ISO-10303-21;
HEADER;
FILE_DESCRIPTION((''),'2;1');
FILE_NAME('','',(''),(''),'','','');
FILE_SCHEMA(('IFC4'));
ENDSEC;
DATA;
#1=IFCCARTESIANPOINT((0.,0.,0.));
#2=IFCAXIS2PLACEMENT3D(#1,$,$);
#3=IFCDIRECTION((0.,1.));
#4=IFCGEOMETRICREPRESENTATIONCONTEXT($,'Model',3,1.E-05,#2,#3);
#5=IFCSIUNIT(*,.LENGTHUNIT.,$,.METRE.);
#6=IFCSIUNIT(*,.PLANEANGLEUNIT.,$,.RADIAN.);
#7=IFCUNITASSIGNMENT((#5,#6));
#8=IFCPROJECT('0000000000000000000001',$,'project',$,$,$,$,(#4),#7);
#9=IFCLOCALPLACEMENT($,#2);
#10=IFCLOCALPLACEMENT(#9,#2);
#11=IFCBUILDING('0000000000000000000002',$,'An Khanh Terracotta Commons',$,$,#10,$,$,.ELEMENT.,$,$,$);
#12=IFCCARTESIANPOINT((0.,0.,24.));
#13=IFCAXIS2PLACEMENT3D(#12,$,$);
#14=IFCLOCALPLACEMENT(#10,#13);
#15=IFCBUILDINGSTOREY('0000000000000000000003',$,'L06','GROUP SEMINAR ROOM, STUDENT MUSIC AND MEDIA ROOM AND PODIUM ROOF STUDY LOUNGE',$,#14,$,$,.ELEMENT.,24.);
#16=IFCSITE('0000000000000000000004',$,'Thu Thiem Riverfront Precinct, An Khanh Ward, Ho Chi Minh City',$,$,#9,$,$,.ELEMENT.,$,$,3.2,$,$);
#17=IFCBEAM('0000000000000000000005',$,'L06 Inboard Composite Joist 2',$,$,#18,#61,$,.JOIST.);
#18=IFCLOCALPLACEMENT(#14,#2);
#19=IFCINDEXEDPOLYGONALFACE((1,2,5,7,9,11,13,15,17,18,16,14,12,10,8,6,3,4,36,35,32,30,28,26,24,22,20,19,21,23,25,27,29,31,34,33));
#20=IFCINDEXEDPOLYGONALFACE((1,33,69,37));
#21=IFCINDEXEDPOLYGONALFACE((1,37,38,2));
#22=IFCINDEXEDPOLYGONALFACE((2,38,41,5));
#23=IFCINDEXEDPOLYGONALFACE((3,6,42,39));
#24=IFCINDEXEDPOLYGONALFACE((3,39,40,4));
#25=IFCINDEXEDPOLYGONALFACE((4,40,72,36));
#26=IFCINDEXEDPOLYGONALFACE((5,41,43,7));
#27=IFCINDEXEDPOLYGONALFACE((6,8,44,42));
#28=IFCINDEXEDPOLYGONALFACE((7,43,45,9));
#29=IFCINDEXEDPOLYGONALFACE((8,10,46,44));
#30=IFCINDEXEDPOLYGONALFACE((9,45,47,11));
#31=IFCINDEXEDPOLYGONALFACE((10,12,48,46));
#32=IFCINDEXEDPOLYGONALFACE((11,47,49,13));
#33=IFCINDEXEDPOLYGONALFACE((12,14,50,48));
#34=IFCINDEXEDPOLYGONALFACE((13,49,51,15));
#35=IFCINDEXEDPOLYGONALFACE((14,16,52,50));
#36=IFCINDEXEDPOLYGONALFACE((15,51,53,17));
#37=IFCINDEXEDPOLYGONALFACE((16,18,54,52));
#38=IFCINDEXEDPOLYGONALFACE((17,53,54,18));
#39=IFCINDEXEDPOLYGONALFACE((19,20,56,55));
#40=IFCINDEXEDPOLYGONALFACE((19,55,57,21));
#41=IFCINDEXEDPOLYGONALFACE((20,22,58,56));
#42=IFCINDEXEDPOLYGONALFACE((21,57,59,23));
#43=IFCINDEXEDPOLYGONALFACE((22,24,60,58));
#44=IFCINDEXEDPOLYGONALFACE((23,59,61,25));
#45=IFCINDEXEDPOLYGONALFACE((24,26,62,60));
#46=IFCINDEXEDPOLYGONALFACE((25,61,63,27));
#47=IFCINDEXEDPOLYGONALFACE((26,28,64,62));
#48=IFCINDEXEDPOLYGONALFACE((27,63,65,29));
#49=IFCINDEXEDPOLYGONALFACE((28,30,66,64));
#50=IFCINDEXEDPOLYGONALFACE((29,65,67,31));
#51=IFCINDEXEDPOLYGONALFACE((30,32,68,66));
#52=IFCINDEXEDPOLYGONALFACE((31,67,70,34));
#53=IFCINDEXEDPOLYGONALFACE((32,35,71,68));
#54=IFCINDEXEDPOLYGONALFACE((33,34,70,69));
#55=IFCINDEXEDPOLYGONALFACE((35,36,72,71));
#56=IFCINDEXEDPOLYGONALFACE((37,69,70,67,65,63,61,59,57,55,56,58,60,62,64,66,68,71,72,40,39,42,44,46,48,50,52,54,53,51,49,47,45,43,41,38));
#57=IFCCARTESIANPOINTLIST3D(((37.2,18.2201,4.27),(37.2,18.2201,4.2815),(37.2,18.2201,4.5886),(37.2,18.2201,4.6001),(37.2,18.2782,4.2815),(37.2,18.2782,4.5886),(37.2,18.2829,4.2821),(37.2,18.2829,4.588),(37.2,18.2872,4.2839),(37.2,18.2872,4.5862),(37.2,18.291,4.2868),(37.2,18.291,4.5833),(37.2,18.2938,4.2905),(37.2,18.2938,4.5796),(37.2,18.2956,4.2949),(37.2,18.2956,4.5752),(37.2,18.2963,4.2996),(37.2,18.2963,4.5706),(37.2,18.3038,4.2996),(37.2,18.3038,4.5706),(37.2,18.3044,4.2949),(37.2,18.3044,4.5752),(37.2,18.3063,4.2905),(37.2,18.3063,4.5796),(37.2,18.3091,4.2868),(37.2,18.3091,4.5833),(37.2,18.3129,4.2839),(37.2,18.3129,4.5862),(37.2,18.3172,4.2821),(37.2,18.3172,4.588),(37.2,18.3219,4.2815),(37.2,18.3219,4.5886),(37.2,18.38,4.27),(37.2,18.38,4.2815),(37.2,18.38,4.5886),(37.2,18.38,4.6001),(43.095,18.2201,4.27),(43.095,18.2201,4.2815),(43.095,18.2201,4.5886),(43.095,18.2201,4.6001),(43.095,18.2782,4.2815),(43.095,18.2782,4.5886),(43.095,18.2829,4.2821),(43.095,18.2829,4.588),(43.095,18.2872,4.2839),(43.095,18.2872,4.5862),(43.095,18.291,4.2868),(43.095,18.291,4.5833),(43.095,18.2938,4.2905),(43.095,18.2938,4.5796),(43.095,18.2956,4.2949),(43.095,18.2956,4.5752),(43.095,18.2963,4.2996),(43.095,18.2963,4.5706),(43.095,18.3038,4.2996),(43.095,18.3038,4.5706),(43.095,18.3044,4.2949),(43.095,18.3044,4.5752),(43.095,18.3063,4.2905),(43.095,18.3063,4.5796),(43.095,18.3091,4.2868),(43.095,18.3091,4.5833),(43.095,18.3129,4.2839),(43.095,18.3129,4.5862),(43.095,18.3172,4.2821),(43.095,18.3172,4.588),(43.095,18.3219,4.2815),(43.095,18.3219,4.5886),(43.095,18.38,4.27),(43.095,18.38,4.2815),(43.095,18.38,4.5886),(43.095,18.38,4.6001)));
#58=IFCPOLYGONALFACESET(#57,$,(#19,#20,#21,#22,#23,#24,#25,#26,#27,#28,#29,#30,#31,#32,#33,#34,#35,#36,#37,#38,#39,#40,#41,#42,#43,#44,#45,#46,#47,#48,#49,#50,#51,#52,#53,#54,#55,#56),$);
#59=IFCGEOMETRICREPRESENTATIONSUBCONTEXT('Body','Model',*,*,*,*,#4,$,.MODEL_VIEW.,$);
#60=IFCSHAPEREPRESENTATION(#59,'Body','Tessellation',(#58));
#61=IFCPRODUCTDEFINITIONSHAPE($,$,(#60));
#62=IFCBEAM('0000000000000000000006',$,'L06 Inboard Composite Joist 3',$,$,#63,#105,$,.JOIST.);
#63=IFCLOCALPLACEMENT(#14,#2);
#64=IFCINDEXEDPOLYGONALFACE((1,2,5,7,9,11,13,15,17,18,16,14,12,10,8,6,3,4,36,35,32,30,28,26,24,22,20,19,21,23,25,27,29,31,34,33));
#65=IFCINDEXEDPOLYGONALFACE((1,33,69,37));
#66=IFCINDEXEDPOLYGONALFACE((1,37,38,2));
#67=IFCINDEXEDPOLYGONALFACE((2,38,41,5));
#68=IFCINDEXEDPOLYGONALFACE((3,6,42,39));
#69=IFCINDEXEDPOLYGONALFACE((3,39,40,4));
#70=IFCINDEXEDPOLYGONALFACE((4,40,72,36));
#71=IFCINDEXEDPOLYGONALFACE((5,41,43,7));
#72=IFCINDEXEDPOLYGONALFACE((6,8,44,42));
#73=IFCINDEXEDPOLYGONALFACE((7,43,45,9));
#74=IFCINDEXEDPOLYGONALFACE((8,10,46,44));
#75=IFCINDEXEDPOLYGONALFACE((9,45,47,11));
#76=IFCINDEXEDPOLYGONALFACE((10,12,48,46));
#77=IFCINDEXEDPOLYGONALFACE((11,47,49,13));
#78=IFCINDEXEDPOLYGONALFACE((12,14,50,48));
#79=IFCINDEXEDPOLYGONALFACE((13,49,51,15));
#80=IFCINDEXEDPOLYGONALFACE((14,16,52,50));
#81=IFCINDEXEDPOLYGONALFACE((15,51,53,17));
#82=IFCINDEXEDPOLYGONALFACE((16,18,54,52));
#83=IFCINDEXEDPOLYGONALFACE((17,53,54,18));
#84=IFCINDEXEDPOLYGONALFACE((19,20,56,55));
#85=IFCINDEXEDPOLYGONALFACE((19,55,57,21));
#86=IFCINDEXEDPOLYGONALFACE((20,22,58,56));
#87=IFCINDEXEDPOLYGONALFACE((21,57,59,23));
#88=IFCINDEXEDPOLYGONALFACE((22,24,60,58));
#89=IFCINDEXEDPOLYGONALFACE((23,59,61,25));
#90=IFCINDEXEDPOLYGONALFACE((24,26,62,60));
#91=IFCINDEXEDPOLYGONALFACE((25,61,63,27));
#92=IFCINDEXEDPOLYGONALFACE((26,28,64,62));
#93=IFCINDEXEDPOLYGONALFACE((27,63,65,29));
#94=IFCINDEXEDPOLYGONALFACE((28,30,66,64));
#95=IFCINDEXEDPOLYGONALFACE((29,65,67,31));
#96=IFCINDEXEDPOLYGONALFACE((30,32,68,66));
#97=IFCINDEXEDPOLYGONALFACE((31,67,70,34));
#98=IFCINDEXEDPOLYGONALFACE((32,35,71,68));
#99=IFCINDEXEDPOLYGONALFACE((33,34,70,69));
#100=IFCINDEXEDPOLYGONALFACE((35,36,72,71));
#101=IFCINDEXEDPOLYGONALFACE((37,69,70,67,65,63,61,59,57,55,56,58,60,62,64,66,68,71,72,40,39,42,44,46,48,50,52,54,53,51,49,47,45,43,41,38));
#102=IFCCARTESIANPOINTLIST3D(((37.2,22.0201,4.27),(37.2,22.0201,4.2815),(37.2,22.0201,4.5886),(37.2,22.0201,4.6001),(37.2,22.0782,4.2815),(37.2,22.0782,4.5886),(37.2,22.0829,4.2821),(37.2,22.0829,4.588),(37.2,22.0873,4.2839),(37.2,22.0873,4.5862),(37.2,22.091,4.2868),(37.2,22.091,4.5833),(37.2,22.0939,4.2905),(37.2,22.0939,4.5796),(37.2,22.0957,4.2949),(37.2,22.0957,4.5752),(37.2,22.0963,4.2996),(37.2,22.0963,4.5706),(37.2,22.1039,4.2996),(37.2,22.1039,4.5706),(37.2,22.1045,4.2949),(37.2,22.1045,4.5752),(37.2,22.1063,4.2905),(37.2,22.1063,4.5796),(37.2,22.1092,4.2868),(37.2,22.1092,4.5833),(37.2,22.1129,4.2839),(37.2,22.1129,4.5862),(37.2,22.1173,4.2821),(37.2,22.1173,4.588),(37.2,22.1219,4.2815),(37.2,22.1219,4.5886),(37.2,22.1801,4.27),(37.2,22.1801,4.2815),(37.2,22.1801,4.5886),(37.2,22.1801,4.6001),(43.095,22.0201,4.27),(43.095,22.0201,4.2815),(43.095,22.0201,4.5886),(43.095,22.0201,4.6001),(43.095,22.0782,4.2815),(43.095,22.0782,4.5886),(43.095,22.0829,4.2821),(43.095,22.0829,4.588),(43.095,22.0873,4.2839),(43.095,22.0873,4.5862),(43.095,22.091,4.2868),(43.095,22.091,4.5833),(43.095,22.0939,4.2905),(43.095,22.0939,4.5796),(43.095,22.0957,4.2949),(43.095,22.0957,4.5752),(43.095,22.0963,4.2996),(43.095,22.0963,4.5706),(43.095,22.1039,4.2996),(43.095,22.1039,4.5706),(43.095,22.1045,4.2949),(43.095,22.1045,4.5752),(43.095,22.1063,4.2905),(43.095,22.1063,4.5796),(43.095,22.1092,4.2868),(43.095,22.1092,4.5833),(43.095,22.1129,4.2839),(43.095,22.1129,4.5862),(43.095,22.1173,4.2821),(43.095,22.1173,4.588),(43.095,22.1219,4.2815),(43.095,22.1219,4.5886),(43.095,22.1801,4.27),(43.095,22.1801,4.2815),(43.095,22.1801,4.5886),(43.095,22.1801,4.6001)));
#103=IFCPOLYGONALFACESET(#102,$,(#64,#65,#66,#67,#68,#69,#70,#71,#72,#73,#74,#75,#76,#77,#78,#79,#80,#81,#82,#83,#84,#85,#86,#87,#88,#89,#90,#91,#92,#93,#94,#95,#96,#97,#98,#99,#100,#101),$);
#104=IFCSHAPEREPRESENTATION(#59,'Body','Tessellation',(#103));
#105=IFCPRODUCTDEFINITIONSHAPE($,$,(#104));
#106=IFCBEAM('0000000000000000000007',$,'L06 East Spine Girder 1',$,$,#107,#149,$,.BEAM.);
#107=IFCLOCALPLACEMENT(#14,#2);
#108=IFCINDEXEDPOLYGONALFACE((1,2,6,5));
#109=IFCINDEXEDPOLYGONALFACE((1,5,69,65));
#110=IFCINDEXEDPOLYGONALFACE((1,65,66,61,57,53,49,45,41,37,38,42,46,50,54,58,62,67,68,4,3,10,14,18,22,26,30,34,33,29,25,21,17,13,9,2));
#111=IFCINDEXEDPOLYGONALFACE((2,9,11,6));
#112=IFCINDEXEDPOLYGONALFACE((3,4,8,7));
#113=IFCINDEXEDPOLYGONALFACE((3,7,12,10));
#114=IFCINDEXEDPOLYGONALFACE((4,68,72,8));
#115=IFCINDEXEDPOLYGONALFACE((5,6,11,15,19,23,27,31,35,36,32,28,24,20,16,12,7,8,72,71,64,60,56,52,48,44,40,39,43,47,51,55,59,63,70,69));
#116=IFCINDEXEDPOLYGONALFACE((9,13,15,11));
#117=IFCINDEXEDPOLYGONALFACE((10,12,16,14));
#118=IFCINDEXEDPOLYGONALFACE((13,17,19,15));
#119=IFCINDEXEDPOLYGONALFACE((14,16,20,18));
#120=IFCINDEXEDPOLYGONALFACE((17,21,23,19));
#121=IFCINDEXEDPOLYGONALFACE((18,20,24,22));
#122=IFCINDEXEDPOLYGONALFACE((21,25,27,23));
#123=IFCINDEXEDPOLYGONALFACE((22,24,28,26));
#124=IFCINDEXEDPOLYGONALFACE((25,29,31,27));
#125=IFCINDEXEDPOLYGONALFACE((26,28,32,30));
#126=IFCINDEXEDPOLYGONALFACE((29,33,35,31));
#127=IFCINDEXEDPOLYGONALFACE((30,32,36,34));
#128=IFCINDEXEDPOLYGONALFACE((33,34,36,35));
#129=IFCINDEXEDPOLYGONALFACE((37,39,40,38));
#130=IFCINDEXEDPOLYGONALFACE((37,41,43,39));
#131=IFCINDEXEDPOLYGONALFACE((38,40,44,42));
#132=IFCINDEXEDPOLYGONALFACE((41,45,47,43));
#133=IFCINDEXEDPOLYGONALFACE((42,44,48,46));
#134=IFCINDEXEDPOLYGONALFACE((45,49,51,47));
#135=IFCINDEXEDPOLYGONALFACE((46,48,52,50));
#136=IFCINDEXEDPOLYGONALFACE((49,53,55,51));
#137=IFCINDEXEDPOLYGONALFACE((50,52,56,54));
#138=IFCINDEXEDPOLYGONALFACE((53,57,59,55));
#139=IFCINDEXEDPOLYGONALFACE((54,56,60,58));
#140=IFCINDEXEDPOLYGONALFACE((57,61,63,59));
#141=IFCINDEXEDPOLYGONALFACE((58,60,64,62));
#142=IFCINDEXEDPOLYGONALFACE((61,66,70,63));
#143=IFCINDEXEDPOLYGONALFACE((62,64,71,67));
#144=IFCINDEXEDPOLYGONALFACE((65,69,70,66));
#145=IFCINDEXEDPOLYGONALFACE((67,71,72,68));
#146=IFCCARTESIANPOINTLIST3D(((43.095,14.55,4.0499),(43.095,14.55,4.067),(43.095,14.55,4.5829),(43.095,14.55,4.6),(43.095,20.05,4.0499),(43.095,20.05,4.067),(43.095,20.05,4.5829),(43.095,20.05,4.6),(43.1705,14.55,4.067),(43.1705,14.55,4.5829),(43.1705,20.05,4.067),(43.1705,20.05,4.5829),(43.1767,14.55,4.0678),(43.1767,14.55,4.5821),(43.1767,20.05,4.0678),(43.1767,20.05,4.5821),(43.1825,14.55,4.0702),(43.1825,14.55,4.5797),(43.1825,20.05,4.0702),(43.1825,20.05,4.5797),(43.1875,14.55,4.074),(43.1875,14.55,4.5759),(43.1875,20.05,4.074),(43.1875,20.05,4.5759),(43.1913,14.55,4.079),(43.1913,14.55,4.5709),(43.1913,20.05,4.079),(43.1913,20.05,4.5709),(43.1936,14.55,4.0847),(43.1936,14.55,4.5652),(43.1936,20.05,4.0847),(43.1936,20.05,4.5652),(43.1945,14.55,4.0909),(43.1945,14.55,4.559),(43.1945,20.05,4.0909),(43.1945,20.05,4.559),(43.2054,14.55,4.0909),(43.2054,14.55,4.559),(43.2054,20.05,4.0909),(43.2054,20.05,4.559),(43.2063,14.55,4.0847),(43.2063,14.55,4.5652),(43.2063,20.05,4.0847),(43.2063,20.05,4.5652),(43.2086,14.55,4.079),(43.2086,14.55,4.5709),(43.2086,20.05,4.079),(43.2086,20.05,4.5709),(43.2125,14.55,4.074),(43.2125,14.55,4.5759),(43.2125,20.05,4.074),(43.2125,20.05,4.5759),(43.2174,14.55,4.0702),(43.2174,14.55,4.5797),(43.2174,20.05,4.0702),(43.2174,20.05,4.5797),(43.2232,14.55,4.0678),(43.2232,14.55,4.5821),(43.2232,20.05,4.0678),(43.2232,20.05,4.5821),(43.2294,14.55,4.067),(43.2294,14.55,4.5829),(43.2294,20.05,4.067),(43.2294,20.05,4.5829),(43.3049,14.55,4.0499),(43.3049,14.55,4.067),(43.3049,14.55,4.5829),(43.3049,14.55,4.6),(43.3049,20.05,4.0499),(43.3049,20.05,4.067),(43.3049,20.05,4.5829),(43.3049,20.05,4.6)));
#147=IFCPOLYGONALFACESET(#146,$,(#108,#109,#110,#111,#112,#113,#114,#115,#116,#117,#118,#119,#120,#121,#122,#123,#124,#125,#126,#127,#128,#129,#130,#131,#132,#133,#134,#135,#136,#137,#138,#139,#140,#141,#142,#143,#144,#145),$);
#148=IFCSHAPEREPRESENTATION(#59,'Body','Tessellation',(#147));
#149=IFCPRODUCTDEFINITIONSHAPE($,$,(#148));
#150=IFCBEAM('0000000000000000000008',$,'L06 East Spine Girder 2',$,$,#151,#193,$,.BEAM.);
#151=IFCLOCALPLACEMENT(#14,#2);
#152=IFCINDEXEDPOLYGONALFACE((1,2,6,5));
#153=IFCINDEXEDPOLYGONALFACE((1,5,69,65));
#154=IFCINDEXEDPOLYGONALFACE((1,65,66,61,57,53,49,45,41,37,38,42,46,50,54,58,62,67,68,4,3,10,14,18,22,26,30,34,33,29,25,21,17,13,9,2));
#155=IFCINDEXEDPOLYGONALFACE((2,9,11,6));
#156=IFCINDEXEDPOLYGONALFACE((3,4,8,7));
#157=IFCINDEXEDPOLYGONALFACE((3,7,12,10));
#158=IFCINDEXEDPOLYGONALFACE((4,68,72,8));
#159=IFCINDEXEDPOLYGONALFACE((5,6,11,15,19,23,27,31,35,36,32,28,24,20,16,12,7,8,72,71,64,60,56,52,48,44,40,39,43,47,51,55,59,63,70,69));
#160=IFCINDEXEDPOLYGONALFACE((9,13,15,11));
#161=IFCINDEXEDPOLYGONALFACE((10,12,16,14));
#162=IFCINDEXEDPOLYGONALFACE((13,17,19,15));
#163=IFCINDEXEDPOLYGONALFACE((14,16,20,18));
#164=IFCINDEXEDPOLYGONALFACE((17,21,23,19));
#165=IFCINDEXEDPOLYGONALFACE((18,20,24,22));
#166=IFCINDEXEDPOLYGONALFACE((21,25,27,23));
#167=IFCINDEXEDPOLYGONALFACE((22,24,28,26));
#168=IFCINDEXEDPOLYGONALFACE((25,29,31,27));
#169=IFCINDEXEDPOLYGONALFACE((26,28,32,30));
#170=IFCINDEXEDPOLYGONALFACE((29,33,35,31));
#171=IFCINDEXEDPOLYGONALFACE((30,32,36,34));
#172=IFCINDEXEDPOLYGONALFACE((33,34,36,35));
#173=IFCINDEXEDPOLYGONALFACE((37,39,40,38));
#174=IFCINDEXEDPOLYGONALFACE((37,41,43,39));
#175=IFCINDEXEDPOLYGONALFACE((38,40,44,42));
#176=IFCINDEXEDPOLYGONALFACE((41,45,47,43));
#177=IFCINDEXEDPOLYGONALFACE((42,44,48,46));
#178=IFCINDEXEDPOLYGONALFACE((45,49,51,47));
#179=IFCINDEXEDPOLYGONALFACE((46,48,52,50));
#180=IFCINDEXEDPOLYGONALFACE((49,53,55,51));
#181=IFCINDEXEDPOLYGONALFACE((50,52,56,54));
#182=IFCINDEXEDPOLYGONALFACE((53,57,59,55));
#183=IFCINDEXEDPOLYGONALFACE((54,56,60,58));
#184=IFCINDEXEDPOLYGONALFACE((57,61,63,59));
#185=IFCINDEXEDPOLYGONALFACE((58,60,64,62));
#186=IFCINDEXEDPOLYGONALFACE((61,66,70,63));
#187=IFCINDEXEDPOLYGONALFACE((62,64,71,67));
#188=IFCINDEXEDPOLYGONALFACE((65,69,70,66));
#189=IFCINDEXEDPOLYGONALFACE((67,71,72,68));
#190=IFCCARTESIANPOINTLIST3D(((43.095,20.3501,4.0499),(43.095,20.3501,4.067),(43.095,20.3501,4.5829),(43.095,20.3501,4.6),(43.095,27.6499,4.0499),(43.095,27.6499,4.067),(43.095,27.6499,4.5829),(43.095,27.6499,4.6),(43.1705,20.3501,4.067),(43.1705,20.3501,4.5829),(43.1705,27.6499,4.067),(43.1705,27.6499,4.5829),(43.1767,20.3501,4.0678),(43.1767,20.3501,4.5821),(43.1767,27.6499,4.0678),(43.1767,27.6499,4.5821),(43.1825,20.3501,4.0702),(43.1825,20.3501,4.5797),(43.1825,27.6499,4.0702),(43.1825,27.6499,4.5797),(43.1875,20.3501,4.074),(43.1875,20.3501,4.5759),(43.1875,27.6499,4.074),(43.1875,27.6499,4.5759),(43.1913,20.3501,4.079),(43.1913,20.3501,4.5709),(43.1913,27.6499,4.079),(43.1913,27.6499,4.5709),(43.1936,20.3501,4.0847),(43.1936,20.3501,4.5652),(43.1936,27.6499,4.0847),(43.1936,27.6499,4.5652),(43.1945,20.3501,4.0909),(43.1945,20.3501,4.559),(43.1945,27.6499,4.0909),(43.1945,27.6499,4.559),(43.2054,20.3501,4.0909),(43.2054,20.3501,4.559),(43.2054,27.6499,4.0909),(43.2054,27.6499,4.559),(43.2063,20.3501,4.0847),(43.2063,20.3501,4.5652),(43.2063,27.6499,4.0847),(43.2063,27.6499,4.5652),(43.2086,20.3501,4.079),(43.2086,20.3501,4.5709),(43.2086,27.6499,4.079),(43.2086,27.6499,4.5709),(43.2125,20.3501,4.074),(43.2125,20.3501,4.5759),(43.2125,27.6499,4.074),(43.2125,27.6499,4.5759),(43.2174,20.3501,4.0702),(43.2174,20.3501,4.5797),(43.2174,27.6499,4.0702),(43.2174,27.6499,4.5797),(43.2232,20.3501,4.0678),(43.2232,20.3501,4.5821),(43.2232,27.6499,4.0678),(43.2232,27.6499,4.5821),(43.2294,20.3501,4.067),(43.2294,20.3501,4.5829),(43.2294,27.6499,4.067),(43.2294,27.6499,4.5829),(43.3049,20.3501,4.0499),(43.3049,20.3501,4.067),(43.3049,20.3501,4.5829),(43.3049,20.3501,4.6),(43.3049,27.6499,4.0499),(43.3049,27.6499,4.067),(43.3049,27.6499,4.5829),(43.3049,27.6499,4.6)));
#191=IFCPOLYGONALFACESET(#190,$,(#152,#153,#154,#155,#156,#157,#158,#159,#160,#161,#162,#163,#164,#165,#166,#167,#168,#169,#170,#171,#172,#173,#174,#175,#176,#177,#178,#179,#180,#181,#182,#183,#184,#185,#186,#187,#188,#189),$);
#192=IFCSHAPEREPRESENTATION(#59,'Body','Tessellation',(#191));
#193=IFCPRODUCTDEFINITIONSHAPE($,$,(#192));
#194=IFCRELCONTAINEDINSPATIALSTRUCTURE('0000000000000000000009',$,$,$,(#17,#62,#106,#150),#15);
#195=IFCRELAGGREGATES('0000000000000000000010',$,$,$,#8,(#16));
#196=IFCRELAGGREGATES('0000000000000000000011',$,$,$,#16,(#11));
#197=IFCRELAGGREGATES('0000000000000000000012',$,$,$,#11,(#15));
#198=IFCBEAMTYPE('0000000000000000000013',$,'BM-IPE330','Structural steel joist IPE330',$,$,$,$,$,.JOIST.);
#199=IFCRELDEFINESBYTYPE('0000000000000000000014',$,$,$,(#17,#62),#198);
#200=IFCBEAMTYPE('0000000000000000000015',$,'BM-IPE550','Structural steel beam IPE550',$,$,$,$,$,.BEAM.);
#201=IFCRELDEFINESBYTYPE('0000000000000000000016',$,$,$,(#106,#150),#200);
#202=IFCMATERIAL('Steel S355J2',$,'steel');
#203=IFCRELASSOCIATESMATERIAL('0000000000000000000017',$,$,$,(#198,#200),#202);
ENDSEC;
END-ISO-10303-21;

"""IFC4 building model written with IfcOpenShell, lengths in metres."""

from ifc_helpers import new_model, si_unit, direction, frame, origin, origin_2d, place, context, subcontext, project, spatial, i_section, extrude, material, material_profile, profile_set, type_object, element, save


model = new_model("IFC4")

# Units and contexts
model_context = context("Model", 3, precision=1e-05, world=origin(), true_north=direction((0.0, 1.0)))
body_context = subcontext(model_context, "Body", "Model", "MODEL_VIEW")
ifc_project = project(units=[si_unit("LENGTHUNIT", "METRE"), si_unit("PLANEANGLEUNIT", "RADIAN")], contexts=[model_context])

# Site, building, storey
site_placement = place(None, origin())
site = spatial("IfcSite", under=ifc_project, at=site_placement, Name="Thu Thiem Riverfront Precinct, An Khanh Ward, Ho Chi Minh City", CompositionType="ELEMENT", RefElevation=3.2)
building_placement = place(site_placement, origin())
building = spatial("IfcBuilding", under=site, at=building_placement, Name="An Khanh Terracotta Commons", CompositionType="ELEMENT")
storey_placement = place(building_placement, frame((0.0, 0.0, 24.0)))
storey = spatial("IfcBuildingStorey", under=building, at=storey_placement, Name="L06", Description="GROUP SEMINAR ROOM, STUDENT MUSIC AND MEDIA ROOM AND PODIUM ROOF STUDY LOUNGE", CompositionType="ELEMENT", Elevation=24.0)

# Beams
ifc_material_1 = material(Name="Steel S355J2", Category="steel")
ifc_material_profile_1 = material_profile(ifc_material_1, i_section(OverallWidth=0.1599, OverallDepth=0.3301, WebThickness=0.0076, FlangeThickness=0.0115, FilletRadius=0.0181, at=origin_2d()), Name="IPE330")
ifc_profile_set_1 = profile_set([ifc_material_profile_1], Name="Steel S355J2")
beam_type_1 = type_object("IfcBeamType", Name="BM-IPE330", Description="Structural steel joist IPE330", PredefinedType="JOIST", material=ifc_profile_set_1)
for number, where, z_axis, x_axis, name in (
    (1, (37.2, 18.3, 4.4351), (1.0, 0.0, 0.0), (0.0, 1.0, 0.0), "L06 Inboard Composite Joist 2"),
    (2, (37.2, 22.1001, 4.4351), (1.0, 0.0, 0.0), (0.0, 1.0, 0.0), "L06 Inboard Composite Joist 3"),
):
    element("IfcBeam", number, at=place(storey_placement, frame(where, z_axis=z_axis, x_axis=x_axis)), inside=storey, type_object=beam_type_1, Name=name, PredefinedType="JOIST", context=body_context, shape_type="SweptSolid", body=[
        extrude(i_section(OverallWidth=0.1599, OverallDepth=0.3301, WebThickness=0.0076, FlangeThickness=0.0115, FilletRadius=0.0181, at=origin_2d()), origin(), (0.0, 0.0, 1.0), 5.895),
    ])
ifc_material_profile_2 = material_profile(ifc_material_1, i_section(OverallWidth=0.21, OverallDepth=0.55, WebThickness=0.011, FlangeThickness=0.0171, FilletRadius=0.0239, at=origin_2d()), Name="IPE550")
ifc_profile_set_2 = profile_set([ifc_material_profile_2], Name="Steel S355J2")
beam_type_2 = type_object("IfcBeamType", Name="BM-IPE550", Description="Structural steel beam IPE550", PredefinedType="BEAM", material=ifc_profile_set_2)
beam_1_placement = place(storey_placement, frame((43.2, 14.55, 4.325), z_axis=(0.0, 1.0, 0.0), x_axis=(-1.0, 0.0, 0.0)))
element("IfcBeam", 3, at=beam_1_placement, inside=storey, type_object=beam_type_2, Name="L06 East Spine Girder 1", PredefinedType="BEAM", context=body_context, shape_type="SweptSolid", body=[
    extrude(i_section(OverallWidth=0.21, OverallDepth=0.55, WebThickness=0.011, FlangeThickness=0.0171, FilletRadius=0.0239, at=origin_2d()), origin(), (0.0, 0.0, 1.0), 5.5),
])
beam_2_placement = place(storey_placement, frame((43.2, 20.3501, 4.325), z_axis=(0.0, 1.0, 0.0), x_axis=(-1.0, 0.0, 0.0)))
element("IfcBeam", 4, at=beam_2_placement, inside=storey, type_object=beam_type_2, Name="L06 East Spine Girder 2", PredefinedType="BEAM", context=body_context, shape_type="SweptSolid", body=[
    extrude(i_section(OverallWidth=0.21, OverallDepth=0.55, WebThickness=0.011, FlangeThickness=0.0171, FilletRadius=0.0239, at=origin_2d()), origin(), (0.0, 0.0, 1.0), 7.2998),
])

save(model, "model.ifc")
